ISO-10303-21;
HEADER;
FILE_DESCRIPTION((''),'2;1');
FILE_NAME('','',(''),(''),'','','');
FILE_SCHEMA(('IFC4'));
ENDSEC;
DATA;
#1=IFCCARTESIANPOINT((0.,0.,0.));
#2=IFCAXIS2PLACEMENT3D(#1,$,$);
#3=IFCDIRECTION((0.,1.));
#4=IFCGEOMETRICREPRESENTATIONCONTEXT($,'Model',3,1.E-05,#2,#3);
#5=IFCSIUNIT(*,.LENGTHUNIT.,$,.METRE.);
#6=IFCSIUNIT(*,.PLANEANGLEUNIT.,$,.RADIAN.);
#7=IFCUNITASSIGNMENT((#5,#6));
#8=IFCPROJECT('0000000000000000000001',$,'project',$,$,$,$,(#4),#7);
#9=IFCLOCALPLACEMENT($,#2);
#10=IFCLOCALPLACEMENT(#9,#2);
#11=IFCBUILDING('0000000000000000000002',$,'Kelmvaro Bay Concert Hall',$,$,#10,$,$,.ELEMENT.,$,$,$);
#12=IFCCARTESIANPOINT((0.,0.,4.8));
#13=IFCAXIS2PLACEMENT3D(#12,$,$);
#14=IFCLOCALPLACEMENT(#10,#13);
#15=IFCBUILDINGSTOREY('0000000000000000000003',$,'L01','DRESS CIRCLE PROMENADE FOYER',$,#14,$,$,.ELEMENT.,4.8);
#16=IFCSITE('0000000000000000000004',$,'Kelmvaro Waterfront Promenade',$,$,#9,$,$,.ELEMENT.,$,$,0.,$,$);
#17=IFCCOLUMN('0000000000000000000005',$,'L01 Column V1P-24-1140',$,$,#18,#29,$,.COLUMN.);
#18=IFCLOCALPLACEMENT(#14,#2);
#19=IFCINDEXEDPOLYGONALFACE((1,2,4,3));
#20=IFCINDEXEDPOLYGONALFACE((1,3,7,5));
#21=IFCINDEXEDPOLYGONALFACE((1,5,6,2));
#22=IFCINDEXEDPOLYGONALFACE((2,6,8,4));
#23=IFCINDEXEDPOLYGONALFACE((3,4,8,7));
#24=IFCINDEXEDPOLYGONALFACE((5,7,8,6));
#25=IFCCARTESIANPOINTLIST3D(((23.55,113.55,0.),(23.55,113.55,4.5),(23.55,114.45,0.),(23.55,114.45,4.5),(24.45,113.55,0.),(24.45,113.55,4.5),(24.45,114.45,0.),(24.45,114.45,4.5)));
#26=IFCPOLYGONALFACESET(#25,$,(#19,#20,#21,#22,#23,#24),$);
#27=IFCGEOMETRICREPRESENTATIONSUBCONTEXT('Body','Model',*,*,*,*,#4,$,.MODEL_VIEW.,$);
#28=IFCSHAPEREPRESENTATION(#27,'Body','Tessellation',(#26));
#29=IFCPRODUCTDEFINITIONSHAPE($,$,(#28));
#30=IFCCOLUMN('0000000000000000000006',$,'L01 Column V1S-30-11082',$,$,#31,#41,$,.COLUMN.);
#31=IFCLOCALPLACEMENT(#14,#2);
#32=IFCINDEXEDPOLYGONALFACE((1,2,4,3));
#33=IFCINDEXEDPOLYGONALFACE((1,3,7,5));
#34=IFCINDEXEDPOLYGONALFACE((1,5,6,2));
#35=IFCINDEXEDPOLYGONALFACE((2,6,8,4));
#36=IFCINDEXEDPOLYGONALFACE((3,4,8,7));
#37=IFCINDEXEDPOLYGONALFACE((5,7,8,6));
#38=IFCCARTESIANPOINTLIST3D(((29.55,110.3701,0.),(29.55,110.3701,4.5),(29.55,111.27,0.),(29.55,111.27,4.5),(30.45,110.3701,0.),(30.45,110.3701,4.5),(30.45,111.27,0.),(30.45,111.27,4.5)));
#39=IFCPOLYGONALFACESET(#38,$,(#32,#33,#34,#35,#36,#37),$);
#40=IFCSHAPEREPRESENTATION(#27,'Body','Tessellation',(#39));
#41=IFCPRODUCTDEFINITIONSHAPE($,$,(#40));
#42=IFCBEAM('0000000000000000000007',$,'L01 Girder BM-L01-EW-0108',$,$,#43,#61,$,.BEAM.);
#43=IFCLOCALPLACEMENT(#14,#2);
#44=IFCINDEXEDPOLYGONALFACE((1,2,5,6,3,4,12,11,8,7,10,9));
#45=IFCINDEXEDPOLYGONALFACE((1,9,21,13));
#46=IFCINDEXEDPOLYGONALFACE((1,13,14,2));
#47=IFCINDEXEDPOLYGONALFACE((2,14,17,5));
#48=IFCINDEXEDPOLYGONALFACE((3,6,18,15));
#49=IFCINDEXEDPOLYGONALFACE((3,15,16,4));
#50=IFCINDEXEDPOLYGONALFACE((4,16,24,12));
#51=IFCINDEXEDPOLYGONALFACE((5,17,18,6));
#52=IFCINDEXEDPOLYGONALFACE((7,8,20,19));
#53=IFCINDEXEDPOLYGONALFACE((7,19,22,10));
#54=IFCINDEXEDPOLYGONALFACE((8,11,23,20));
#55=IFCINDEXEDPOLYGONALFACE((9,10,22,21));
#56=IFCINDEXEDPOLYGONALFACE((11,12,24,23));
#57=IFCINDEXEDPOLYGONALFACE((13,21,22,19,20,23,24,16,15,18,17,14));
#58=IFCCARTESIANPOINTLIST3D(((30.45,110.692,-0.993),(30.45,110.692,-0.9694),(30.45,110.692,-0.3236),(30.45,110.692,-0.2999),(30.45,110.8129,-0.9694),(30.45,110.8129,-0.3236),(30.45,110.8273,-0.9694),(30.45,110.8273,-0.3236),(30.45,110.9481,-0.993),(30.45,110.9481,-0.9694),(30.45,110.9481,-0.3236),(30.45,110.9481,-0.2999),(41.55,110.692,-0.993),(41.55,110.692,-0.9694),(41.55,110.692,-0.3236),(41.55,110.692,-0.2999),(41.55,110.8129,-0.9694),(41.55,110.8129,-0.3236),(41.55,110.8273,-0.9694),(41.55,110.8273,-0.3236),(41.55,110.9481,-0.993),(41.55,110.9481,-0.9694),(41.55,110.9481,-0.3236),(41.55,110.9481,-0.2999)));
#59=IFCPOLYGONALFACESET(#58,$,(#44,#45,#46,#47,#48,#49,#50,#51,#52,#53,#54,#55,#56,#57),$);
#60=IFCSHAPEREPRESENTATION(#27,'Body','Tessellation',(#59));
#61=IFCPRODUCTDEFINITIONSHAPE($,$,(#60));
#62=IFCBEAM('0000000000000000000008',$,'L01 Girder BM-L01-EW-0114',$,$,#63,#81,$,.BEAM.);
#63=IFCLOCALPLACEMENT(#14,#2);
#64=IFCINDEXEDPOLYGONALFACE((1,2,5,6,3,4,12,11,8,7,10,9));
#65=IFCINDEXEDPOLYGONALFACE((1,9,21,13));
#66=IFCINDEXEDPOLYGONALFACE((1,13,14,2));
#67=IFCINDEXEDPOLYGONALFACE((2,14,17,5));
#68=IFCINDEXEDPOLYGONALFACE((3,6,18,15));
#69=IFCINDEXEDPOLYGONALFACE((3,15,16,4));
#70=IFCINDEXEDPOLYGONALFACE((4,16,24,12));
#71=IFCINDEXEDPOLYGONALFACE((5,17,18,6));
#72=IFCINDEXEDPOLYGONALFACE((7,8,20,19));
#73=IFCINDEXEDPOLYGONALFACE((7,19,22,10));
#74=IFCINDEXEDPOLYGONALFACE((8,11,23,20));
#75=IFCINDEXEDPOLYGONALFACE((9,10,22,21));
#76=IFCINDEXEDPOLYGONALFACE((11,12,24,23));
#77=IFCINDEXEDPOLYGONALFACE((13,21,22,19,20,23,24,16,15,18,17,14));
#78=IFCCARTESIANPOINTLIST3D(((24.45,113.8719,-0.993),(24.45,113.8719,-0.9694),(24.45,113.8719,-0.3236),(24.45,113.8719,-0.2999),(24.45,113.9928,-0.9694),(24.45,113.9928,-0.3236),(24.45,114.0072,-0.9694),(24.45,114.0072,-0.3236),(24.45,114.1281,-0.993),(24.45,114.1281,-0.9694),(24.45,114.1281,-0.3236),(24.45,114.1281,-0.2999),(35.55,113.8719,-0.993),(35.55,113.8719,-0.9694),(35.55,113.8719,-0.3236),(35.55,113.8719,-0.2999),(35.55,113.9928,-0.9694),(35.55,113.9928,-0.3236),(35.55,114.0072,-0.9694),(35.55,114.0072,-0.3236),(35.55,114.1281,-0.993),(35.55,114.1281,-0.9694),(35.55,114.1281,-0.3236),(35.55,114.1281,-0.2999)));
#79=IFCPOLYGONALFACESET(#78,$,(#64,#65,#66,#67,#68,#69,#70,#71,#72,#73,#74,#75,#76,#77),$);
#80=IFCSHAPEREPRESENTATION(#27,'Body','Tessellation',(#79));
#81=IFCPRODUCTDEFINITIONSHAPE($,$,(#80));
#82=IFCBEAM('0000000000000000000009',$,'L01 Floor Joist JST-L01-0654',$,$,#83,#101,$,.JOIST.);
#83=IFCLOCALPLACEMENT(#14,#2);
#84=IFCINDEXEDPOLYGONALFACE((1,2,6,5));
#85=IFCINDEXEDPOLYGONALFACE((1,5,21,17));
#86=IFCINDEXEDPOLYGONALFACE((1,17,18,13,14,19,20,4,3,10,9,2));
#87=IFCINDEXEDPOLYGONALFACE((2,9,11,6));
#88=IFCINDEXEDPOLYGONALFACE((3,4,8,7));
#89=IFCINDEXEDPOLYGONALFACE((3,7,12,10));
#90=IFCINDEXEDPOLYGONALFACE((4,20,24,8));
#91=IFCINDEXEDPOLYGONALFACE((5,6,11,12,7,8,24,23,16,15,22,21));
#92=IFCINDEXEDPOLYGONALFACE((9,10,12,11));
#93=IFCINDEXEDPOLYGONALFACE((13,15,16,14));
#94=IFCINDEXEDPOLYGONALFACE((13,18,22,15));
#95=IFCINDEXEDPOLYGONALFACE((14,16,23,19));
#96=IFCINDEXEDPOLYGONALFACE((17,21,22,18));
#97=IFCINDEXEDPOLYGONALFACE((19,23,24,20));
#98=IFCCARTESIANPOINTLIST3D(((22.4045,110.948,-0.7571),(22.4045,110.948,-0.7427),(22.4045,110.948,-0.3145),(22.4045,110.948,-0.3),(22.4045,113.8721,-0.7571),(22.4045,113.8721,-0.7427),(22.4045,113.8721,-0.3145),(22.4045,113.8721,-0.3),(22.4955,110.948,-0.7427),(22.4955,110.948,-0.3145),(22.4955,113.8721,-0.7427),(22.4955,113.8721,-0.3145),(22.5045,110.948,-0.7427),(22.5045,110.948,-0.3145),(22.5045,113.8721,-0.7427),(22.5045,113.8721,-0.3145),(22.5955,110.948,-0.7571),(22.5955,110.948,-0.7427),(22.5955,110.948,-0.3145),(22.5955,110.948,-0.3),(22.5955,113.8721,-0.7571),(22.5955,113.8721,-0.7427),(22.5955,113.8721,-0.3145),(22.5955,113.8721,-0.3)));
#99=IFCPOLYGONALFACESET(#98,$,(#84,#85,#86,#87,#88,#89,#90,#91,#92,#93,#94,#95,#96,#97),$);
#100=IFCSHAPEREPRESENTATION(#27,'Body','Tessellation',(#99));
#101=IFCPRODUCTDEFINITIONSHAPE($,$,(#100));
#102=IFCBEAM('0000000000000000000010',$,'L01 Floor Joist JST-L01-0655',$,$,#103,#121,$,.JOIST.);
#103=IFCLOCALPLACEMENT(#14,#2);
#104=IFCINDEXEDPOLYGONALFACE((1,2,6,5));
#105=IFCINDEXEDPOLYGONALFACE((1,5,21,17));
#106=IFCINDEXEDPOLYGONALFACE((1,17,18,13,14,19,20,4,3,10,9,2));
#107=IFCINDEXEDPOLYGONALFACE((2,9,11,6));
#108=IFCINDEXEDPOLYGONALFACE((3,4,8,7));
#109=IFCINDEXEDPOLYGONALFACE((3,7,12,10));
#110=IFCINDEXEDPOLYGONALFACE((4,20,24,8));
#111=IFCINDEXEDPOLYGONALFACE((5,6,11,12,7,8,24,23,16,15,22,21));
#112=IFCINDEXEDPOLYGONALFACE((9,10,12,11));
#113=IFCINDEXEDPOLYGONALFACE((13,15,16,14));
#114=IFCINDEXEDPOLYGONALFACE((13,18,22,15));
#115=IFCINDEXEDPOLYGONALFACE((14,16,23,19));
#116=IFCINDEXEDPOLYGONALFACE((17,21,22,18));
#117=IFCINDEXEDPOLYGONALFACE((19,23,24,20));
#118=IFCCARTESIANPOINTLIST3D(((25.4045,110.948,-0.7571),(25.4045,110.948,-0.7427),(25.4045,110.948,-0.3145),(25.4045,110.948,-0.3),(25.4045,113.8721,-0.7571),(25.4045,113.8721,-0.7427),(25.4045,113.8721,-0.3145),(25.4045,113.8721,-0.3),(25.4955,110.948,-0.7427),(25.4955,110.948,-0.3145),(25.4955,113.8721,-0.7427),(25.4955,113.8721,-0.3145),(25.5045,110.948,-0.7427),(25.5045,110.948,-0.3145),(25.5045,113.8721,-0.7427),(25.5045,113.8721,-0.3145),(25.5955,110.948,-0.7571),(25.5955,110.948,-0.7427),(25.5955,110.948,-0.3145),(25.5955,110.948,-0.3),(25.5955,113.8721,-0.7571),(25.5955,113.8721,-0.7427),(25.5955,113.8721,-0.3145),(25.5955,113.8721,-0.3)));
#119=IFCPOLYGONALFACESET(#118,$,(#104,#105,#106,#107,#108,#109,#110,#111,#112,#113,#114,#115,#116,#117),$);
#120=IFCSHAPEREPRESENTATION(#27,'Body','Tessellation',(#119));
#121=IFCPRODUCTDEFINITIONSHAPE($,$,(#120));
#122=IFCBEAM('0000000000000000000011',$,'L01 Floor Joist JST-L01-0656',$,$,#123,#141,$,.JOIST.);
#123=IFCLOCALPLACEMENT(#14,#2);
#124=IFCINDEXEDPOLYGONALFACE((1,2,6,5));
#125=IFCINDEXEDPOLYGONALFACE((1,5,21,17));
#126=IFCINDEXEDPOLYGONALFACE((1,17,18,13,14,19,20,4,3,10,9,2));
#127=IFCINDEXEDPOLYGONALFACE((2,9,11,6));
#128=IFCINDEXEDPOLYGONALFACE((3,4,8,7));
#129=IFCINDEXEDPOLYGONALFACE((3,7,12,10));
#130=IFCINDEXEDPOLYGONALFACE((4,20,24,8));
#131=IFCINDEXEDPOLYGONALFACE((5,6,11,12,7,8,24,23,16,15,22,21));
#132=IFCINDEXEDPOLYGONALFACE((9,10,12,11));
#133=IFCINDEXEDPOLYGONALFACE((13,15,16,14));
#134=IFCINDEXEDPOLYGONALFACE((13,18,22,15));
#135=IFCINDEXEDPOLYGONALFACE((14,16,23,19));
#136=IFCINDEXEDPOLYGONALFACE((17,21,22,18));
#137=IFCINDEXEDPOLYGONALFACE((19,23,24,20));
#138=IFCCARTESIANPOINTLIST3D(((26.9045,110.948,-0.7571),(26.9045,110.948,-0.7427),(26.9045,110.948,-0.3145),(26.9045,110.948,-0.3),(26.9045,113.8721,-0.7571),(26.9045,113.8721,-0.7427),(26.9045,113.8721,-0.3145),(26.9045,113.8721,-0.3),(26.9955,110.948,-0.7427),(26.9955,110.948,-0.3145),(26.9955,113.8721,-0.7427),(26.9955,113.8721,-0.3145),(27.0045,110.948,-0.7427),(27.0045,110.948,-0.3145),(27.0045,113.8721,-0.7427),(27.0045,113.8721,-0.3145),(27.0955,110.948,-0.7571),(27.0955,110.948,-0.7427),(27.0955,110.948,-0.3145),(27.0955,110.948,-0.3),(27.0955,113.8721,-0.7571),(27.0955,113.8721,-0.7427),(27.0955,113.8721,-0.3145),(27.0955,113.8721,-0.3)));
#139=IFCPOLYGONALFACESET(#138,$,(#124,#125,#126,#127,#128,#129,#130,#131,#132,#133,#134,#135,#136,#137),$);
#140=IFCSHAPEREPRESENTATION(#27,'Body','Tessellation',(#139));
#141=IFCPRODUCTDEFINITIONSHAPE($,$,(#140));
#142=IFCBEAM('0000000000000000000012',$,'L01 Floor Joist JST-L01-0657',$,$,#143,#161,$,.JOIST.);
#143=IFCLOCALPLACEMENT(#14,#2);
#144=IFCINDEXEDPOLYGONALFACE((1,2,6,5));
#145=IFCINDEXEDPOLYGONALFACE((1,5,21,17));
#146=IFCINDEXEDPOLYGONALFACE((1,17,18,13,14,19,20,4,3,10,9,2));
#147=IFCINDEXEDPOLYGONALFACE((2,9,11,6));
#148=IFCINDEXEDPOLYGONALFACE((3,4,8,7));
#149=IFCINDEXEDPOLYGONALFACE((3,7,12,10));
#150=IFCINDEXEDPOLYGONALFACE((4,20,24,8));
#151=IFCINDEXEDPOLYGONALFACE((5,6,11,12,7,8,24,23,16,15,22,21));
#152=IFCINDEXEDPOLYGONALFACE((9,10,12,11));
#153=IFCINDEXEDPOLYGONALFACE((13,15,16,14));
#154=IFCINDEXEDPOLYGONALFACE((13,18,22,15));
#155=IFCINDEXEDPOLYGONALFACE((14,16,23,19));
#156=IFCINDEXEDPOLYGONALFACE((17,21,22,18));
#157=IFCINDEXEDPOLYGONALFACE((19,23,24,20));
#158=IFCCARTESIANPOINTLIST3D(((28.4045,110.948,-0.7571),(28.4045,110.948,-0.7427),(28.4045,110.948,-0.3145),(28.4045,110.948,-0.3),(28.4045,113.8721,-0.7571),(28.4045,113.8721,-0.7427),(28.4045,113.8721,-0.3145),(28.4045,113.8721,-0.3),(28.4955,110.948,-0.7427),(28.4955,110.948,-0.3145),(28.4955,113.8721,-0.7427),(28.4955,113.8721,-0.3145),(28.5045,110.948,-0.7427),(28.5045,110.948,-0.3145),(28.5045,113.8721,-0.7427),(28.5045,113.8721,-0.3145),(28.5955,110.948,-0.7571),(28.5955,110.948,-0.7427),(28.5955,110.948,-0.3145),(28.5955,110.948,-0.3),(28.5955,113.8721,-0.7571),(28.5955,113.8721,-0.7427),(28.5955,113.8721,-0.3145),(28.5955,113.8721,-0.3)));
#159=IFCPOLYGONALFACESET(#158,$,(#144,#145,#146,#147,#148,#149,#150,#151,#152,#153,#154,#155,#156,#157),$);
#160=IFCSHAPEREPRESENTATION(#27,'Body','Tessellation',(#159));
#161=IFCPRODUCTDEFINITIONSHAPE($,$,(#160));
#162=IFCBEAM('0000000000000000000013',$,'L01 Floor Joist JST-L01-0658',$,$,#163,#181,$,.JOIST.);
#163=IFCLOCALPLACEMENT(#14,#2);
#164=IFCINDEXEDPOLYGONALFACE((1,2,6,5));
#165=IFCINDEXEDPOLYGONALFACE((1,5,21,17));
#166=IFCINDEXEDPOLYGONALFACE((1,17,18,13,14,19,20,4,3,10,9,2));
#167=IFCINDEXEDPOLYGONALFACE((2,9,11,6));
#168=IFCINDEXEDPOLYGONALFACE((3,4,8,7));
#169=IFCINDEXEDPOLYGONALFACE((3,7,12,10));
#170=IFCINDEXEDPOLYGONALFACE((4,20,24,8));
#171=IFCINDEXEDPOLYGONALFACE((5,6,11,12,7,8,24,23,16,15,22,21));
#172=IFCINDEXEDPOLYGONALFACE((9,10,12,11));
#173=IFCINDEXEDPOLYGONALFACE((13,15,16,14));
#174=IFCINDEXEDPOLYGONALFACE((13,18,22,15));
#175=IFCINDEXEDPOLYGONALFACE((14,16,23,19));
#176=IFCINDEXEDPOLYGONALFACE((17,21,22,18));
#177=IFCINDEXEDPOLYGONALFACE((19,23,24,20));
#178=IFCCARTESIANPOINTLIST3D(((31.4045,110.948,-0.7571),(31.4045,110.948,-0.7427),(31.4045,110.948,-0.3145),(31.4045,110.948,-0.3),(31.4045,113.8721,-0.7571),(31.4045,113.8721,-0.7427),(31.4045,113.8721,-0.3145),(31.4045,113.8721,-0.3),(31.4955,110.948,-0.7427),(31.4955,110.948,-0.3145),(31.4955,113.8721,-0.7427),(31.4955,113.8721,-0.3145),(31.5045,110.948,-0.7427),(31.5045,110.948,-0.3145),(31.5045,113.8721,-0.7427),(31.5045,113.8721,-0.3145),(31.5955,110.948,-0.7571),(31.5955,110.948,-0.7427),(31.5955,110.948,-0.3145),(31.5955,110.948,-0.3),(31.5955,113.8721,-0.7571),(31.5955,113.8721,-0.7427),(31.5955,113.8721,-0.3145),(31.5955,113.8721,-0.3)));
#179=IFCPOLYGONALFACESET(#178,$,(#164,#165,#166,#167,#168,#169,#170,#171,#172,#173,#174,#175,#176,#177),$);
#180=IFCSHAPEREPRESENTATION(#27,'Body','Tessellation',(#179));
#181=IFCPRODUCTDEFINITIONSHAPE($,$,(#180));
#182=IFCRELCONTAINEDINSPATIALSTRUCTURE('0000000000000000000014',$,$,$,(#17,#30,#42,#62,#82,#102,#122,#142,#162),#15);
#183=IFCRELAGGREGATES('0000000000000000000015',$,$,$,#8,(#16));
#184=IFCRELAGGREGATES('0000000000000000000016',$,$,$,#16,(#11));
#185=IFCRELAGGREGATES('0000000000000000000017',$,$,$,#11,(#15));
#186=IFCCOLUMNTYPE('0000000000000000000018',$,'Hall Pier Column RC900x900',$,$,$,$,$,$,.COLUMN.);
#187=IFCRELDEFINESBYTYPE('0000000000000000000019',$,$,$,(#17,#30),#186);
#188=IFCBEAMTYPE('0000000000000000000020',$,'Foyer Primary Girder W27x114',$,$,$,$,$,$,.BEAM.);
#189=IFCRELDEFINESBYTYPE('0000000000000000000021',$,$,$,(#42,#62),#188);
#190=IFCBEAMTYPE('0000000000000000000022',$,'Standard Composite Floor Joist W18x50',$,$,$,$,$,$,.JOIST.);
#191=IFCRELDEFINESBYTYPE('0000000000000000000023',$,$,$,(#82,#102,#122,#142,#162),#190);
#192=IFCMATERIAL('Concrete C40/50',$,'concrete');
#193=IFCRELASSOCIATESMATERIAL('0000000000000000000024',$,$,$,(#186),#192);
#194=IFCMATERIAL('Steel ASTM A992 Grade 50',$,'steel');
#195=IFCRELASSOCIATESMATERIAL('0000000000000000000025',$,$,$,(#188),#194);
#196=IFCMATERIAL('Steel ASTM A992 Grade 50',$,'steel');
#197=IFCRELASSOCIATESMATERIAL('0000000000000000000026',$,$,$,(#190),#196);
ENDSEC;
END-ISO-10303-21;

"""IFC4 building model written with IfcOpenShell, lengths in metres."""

from ifc_helpers import new_model, si_unit, direction, frame, origin, origin_2d, place, context, subcontext, project, spatial, rectangle, i_section, extrude, material, material_profile, profile_set, type_object, element, save


model = new_model("IFC4")

# Units and contexts
model_context = context("Model", 3, precision=1e-05, world=origin(), true_north=direction((0.0, 1.0)))
body_context = subcontext(model_context, "Body", "Model", "MODEL_VIEW")
ifc_project = project(units=[si_unit("LENGTHUNIT", "METRE"), si_unit("PLANEANGLEUNIT", "RADIAN")], contexts=[model_context])

# Site, building, storey
site_placement = place(None, origin())
site = spatial("IfcSite", under=ifc_project, at=site_placement, Name="Kelmvaro Waterfront Promenade", CompositionType="ELEMENT", RefElevation=0.0)
building_placement = place(site_placement, origin())
building = spatial("IfcBuilding", under=site, at=building_placement, Name="Kelmvaro Bay Concert Hall", CompositionType="ELEMENT")
storey_placement = place(building_placement, frame((0.0, 0.0, 4.8)))
storey = spatial("IfcBuildingStorey", under=building, at=storey_placement, Name="L01", Description="DRESS CIRCLE PROMENADE FOYER", CompositionType="ELEMENT", Elevation=4.8)

# Columns
ifc_material_1 = material(Name="Concrete C40/50", Category="concrete")
ifc_material_profile_1 = material_profile(ifc_material_1, rectangle(XDim=0.8999, YDim=0.8999, at=origin_2d()), Name="RC-COL-900X900")
ifc_profile_set_1 = profile_set([ifc_material_profile_1], Name="Concrete C40/50")
column_type = type_object("IfcColumnType", Name="Hall Pier Column RC900x900", PredefinedType="COLUMN", material=ifc_profile_set_1)
for number, where, z_axis, x_axis, name in (
    (1, (24.0, 114.0, 0.0), (0.0, 0.0, 1.0), (1.0, 0.0, 0.0), "L01 Column V1P-24-1140"),
    (2, (30.0, 110.8201, 0.0), (0.0, 0.0, 1.0), (1.0, 0.0, 0.0), "L01 Column V1S-30-11082"),
):
    element("IfcColumn", number, at=place(storey_placement, frame(where, z_axis=z_axis, x_axis=x_axis)), inside=storey, type_object=column_type, Name=name, PredefinedType="COLUMN", context=body_context, shape_type="SweptSolid", body=[
        extrude(rectangle(XDim=0.8999, YDim=0.8999, at=origin_2d()), origin(), (0.0, 0.0, 1.0), 4.5),
    ])

# Beams
ifc_material_2 = material(Name="Steel ASTM A992 Grade 50", Category="steel")
ifc_material_profile_2 = material_profile(ifc_material_2, i_section(OverallWidth=0.2561, OverallDepth=0.6931, WebThickness=0.0144, FlangeThickness=0.0237, at=origin_2d()), Name="W27X114")
ifc_profile_set_2 = profile_set([ifc_material_profile_2], Name="Steel ASTM A992 Grade 50")
beam_type_1 = type_object("IfcBeamType", Name="Foyer Primary Girder W27x114", PredefinedType="BEAM", material=ifc_profile_set_2)
for number, where, z_axis, x_axis, name in (
    (3, (30.45, 110.8201, -0.6465), (1.0, 0.0, 0.0), (0.0, 1.0, 0.0), "L01 Girder BM-L01-EW-0108"),
    (4, (24.45, 114.0, -0.6465), (1.0, 0.0, 0.0), (0.0, 1.0, 0.0), "L01 Girder BM-L01-EW-0114"),
):
    element("IfcBeam", number, at=place(storey_placement, frame(where, z_axis=z_axis, x_axis=x_axis)), inside=storey, type_object=beam_type_1, Name=name, PredefinedType="BEAM", context=body_context, shape_type="SweptSolid", body=[
        extrude(i_section(OverallWidth=0.2561, OverallDepth=0.6931, WebThickness=0.0144, FlangeThickness=0.0237, at=origin_2d()), origin(), (0.0, 0.0, 1.0), 11.1001),
    ])
ifc_material_3 = material(Name="Steel ASTM A992 Grade 50", Category="steel")
ifc_material_profile_3 = material_profile(ifc_material_3, i_section(OverallWidth=0.1909, OverallDepth=0.457, WebThickness=0.009, FlangeThickness=0.0144, at=origin_2d()), Name="W18X50")
ifc_profile_set_3 = profile_set([ifc_material_profile_3], Name="Steel ASTM A992 Grade 50")
beam_type_2 = type_object("IfcBeamType", Name="Standard Composite Floor Joist W18x50", PredefinedType="JOIST", material=ifc_profile_set_3)
for number, where, z_axis, x_axis, name in (
    (5, (22.5, 110.948, -0.5286), (0.0, 1.0, 0.0), (-1.0, 0.0, 0.0), "L01 Floor Joist JST-L01-0654"),
    (6, (25.5, 110.948, -0.5286), (0.0, 1.0, 0.0), (-1.0, 0.0, 0.0), "L01 Floor Joist JST-L01-0655"),
    (7, (27.0, 110.948, -0.5286), (0.0, 1.0, 0.0), (-1.0, 0.0, 0.0), "L01 Floor Joist JST-L01-0656"),
    (8, (28.5, 110.948, -0.5286), (0.0, 1.0, 0.0), (-1.0, 0.0, 0.0), "L01 Floor Joist JST-L01-0657"),
    (9, (31.5, 110.948, -0.5286), (0.0, 1.0, 0.0), (-1.0, 0.0, 0.0), "L01 Floor Joist JST-L01-0658"),
):
    element("IfcBeam", number, at=place(storey_placement, frame(where, z_axis=z_axis, x_axis=x_axis)), inside=storey, type_object=beam_type_2, Name=name, PredefinedType="JOIST", context=body_context, shape_type="SweptSolid", body=[
        extrude(i_section(OverallWidth=0.1909, OverallDepth=0.457, WebThickness=0.009, FlangeThickness=0.0144, at=origin_2d()), origin(), (0.0, 0.0, 1.0), 2.9241),
    ])

save(model, "model.ifc")
